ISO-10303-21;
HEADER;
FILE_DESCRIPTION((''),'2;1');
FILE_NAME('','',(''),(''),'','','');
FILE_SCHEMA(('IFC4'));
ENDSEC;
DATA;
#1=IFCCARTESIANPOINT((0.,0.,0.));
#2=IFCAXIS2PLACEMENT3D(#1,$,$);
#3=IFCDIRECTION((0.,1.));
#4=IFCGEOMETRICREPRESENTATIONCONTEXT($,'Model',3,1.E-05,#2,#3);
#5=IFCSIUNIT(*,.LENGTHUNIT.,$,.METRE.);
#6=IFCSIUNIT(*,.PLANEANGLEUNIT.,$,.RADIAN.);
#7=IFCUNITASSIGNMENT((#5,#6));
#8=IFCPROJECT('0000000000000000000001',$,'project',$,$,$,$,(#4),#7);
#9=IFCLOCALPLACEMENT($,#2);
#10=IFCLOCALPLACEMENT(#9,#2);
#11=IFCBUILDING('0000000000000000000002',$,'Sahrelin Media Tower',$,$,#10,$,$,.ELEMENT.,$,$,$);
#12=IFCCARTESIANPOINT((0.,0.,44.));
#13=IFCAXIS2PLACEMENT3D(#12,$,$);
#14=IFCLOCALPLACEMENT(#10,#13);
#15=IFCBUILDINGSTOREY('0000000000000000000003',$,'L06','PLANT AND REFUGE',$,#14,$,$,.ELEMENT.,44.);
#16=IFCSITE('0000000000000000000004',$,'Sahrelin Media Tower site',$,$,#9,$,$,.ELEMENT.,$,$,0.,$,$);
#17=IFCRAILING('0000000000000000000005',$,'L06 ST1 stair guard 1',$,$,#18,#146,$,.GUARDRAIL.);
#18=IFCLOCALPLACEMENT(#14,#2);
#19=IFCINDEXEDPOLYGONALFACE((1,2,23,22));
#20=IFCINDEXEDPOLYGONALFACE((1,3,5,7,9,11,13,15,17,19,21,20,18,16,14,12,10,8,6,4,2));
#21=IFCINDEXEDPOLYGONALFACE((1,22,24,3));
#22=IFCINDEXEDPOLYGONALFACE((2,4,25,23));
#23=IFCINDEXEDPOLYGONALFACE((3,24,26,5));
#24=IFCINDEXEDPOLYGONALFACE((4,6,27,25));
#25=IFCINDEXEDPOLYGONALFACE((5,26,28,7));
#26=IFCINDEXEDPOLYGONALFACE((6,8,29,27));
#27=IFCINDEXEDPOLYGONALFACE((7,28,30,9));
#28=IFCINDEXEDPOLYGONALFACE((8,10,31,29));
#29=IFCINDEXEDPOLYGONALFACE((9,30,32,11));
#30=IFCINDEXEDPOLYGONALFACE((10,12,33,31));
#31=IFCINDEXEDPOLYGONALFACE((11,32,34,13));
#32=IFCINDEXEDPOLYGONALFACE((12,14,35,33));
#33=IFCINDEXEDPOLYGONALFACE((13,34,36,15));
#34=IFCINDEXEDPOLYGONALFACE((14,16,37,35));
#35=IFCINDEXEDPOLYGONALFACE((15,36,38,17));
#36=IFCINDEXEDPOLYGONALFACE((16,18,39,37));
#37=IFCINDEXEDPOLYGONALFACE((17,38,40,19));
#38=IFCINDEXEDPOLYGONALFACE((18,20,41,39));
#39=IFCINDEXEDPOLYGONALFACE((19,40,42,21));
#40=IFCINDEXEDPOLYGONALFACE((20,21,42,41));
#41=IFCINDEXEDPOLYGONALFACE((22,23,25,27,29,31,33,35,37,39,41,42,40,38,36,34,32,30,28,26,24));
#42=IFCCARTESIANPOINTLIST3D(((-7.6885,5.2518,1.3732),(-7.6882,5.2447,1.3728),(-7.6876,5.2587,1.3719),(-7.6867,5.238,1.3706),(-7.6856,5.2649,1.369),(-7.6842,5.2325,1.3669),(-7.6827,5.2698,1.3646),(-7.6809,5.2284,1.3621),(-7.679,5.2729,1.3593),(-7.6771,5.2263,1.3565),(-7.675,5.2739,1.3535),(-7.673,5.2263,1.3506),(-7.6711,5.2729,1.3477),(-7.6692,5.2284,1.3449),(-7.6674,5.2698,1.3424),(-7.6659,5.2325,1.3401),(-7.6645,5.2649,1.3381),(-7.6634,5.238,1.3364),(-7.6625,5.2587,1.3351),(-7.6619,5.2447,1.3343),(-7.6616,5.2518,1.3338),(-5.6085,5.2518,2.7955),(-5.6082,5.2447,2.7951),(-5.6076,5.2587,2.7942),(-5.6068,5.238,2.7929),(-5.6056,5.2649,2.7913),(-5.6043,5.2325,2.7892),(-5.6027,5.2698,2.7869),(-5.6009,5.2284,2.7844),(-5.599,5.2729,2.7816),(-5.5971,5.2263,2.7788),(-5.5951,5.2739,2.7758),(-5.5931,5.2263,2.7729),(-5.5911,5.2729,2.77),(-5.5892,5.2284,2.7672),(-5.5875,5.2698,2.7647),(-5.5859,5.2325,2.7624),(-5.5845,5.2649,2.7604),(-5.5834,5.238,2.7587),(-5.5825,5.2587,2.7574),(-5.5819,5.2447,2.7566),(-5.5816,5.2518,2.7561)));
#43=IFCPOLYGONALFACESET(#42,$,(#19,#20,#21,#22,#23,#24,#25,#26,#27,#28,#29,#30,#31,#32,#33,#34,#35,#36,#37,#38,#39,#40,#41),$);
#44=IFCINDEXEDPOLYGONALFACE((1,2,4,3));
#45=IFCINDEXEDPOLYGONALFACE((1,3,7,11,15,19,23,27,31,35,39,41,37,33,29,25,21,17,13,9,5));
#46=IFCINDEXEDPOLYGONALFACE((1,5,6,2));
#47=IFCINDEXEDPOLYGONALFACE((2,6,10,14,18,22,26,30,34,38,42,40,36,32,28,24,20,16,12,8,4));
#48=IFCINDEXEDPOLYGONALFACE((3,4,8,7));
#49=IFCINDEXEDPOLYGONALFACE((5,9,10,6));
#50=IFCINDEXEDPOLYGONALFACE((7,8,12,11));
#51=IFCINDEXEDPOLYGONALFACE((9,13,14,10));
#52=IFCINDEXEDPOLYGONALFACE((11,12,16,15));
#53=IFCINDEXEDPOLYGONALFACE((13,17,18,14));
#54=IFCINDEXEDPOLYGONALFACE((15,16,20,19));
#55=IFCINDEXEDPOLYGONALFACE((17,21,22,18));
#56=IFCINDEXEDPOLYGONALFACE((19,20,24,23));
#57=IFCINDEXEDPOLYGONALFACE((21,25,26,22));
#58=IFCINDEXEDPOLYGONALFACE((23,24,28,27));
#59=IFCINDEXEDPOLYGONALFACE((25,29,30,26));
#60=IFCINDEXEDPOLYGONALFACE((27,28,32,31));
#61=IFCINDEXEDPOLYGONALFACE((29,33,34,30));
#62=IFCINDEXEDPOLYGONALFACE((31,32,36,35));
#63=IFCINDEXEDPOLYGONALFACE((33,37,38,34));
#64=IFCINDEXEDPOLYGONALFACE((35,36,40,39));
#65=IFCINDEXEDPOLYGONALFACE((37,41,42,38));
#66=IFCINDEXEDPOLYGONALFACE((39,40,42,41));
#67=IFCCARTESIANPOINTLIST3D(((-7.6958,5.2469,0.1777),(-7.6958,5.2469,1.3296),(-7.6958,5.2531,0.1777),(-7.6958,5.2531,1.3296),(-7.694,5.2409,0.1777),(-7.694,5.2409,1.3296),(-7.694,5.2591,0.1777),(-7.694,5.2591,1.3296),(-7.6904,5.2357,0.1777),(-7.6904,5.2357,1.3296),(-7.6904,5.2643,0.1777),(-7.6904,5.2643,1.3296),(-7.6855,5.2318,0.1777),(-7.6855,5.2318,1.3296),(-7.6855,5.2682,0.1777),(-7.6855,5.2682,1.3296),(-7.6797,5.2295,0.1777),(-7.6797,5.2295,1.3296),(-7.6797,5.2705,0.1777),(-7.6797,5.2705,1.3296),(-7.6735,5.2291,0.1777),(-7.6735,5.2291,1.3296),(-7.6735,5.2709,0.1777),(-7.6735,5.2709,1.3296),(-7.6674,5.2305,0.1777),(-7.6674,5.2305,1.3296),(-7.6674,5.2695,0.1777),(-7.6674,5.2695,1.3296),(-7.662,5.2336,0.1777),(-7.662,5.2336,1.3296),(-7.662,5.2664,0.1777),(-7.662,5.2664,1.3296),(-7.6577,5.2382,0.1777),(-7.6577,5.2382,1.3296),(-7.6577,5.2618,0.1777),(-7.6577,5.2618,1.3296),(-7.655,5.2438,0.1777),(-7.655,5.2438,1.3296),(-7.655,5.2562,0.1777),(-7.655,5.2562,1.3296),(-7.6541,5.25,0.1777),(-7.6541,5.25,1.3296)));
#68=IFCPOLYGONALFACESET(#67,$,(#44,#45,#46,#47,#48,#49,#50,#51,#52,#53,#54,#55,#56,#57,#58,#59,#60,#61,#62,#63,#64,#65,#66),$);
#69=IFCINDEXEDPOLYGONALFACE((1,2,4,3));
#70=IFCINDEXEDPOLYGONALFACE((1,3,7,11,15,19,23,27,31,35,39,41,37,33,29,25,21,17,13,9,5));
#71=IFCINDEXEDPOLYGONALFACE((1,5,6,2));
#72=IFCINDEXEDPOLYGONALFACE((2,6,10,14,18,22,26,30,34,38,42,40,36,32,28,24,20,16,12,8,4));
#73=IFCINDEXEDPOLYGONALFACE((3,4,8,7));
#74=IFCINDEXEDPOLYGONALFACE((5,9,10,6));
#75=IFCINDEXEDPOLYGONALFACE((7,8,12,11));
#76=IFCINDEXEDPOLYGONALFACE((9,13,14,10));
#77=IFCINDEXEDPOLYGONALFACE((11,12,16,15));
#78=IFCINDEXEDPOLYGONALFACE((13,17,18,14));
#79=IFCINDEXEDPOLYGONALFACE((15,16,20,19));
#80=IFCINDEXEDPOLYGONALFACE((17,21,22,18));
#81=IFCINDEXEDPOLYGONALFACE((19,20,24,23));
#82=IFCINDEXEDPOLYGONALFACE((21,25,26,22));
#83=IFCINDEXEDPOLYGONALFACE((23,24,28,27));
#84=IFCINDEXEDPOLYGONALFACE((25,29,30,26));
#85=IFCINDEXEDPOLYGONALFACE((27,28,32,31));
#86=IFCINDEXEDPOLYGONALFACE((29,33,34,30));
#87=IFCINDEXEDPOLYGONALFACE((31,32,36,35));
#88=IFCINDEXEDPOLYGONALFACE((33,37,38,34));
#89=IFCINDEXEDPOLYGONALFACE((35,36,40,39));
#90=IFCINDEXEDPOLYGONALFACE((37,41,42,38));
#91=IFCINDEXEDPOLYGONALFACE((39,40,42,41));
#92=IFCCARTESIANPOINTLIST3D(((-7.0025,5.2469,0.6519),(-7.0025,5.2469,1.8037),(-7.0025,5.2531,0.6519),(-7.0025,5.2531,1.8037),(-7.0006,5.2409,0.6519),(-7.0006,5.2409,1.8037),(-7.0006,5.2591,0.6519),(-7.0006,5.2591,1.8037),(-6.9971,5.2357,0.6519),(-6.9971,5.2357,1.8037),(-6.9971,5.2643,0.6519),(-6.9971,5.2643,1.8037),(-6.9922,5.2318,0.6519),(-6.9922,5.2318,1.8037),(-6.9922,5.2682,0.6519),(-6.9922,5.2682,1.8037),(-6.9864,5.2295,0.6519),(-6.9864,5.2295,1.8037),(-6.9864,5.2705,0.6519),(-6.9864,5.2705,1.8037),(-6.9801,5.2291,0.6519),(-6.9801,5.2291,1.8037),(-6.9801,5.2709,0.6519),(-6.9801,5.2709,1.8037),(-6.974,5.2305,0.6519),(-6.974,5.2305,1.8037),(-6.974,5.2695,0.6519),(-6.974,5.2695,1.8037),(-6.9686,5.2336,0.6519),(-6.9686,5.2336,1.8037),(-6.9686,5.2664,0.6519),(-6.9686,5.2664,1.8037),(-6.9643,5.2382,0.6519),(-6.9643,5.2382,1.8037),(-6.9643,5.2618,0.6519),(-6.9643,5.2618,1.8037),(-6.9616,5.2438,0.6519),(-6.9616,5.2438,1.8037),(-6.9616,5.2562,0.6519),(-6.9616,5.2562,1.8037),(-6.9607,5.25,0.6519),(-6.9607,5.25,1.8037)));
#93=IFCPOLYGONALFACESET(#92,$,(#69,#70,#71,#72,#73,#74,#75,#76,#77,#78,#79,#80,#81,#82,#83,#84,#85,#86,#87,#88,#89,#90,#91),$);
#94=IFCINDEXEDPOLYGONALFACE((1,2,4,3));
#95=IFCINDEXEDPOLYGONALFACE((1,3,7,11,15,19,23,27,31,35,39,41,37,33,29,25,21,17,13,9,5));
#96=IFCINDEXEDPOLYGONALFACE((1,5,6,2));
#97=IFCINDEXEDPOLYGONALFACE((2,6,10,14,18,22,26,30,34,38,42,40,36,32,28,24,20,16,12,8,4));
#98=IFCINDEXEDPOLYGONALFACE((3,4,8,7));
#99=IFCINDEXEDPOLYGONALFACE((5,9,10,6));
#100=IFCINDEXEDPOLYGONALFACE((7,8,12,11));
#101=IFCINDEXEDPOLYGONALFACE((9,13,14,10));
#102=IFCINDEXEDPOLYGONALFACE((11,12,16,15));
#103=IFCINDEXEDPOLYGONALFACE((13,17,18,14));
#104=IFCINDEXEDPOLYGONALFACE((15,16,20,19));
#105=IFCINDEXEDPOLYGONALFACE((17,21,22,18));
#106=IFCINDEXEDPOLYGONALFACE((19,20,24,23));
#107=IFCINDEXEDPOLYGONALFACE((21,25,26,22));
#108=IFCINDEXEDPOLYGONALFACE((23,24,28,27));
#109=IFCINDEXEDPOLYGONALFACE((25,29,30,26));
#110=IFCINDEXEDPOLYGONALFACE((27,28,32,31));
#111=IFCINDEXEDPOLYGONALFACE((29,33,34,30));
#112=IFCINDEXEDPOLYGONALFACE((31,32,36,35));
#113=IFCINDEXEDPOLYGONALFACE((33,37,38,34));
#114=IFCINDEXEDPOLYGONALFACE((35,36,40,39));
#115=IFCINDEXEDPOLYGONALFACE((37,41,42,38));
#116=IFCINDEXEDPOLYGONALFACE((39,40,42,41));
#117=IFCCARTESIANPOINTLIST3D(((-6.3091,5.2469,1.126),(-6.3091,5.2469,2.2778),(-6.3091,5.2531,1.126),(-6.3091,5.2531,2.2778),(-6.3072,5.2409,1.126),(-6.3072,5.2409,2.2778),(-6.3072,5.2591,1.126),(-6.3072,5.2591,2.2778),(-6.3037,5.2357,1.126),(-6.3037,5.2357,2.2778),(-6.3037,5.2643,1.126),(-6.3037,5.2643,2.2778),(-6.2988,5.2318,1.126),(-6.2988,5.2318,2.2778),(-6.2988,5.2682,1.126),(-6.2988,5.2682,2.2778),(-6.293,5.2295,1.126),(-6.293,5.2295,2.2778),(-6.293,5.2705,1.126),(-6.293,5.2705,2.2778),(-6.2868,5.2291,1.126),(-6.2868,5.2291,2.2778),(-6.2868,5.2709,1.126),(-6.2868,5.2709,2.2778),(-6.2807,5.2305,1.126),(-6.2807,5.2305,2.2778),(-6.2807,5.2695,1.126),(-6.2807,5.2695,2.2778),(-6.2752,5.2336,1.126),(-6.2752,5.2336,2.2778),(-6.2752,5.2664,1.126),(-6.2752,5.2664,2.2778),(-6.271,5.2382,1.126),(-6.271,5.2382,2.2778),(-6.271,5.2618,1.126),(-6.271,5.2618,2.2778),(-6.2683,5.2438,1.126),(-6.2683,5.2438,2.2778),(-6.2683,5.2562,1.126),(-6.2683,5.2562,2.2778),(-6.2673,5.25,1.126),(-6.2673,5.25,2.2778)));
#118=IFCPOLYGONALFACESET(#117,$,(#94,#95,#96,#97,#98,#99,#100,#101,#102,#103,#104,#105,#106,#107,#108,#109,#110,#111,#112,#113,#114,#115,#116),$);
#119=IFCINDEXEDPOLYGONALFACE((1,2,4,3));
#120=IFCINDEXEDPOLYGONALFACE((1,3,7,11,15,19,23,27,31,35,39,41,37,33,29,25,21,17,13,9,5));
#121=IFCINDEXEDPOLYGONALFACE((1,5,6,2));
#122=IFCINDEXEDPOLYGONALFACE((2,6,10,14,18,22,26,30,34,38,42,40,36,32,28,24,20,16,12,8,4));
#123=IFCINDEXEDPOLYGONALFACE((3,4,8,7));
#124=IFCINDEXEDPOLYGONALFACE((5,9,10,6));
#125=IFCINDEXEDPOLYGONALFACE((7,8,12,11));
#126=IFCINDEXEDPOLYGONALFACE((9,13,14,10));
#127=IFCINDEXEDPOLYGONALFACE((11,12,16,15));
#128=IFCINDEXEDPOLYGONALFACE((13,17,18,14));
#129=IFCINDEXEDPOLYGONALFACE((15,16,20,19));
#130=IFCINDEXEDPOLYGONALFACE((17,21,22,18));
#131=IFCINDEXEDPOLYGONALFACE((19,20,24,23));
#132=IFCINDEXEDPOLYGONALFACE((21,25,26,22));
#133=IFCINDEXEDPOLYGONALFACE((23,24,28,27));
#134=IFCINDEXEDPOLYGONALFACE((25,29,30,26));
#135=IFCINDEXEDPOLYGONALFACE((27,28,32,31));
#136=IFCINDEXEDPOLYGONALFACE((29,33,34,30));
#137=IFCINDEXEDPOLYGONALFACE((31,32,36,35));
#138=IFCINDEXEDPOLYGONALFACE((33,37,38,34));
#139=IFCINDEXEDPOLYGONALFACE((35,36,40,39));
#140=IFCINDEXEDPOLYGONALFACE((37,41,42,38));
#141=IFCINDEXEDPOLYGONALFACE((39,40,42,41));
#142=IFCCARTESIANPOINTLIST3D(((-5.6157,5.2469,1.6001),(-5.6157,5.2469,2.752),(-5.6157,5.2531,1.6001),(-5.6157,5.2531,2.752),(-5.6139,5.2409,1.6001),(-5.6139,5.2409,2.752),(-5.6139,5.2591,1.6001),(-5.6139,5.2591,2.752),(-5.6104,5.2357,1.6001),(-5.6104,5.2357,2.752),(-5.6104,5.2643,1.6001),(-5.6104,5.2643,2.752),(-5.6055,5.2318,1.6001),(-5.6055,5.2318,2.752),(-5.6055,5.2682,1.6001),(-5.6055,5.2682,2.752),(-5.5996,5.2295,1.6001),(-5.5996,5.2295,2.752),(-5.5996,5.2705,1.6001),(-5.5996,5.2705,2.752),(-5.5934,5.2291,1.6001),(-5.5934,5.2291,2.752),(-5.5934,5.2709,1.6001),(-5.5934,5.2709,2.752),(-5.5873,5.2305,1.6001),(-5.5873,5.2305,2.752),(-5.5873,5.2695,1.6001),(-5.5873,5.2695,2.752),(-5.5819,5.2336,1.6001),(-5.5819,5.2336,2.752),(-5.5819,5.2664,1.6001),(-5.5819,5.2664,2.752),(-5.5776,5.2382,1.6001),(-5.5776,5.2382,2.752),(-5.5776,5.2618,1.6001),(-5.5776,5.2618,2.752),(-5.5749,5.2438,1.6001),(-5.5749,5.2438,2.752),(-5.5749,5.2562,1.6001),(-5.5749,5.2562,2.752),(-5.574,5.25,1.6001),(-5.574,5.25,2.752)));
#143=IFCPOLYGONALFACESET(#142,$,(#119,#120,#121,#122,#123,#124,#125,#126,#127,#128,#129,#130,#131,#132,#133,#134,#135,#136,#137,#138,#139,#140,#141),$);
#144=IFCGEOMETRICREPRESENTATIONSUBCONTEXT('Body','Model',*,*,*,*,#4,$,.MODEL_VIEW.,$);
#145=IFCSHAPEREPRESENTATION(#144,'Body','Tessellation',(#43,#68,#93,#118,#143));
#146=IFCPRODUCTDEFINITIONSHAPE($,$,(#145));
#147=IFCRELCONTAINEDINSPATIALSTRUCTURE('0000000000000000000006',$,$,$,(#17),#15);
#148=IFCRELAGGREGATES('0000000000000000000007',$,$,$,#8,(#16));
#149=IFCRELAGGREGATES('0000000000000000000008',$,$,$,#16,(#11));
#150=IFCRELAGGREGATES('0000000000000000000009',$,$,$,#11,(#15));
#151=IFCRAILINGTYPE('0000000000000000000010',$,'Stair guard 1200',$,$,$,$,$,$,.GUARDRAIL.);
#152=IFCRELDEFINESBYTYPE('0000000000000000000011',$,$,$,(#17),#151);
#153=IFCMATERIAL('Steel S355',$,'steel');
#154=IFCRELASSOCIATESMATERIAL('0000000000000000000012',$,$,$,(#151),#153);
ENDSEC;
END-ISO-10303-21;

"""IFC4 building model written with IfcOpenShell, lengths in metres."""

from ifc_helpers import new_model, si_unit, direction, frame, origin, origin_2d, place, context, subcontext, project, spatial, circle, extrude, material, type_object, element, save


model = new_model("IFC4")

# Units and contexts
model_context = context("Model", 3, precision=1e-05, world=origin(), true_north=direction((0.0, 1.0)))
body_context = subcontext(model_context, "Body", "Model", "MODEL_VIEW")
ifc_project = project(units=[si_unit("LENGTHUNIT", "METRE"), si_unit("PLANEANGLEUNIT", "RADIAN")], contexts=[model_context])

# Site, building, storey
site_placement = place(None, origin())
site = spatial("IfcSite", under=ifc_project, at=site_placement, Name="Sahrelin Media Tower site", CompositionType="ELEMENT", RefElevation=0.0)
building_placement = place(site_placement, origin())
building = spatial("IfcBuilding", under=site, at=building_placement, Name="Sahrelin Media Tower", CompositionType="ELEMENT")
storey_placement = place(building_placement, frame((0.0, 0.0, 44.0)))
storey = spatial("IfcBuildingStorey", under=building, at=storey_placement, Name="L06", Description="PLANT AND REFUGE", CompositionType="ELEMENT", Elevation=44.0)

# Railing
ifc_material_1 = material(Name="Steel S355", Category="steel")
railing_type_1 = type_object("IfcRailingType", Name="Stair guard 1200", PredefinedType="GUARDRAIL", material=ifc_material_1)
railing_1_placement = place(storey_placement, frame((-7.675, 5.25, 0.1777)))
element("IfcRailing", 1, at=railing_1_placement, inside=storey, type_object=railing_type_1, Name="L06 ST1 stair guard 1", PredefinedType="GUARDRAIL", context=body_context, shape_type="SweptSolid", body=[
    extrude(circle(Radius=0.0239, at=origin_2d()), frame((0.0, 0.0, 1.1758), z_axis=(0.825464, 0.0, 0.564455), x_axis=(0.0, 1.0, 0.0)), (0.0, 0.0, 1.0), 2.5198),
    extrude(circle(Radius=0.021, at=origin_2d()), origin(), (0.0, 0.0, 1.0), 1.1519),
    extrude(circle(Radius=0.021, at=origin_2d()), frame((0.6934, 0.0, 0.4741)), (0.0, 0.0, 1.0), 1.1519),
    extrude(circle(Radius=0.021, at=origin_2d()), frame((1.3867, 0.0, 0.9482)), (0.0, 0.0, 1.0), 1.1519),
    extrude(circle(Radius=0.021, at=origin_2d()), frame((2.0801, 0.0, 1.4224)), (0.0, 0.0, 1.0), 1.1519),
])

save(model, "model.ifc")
